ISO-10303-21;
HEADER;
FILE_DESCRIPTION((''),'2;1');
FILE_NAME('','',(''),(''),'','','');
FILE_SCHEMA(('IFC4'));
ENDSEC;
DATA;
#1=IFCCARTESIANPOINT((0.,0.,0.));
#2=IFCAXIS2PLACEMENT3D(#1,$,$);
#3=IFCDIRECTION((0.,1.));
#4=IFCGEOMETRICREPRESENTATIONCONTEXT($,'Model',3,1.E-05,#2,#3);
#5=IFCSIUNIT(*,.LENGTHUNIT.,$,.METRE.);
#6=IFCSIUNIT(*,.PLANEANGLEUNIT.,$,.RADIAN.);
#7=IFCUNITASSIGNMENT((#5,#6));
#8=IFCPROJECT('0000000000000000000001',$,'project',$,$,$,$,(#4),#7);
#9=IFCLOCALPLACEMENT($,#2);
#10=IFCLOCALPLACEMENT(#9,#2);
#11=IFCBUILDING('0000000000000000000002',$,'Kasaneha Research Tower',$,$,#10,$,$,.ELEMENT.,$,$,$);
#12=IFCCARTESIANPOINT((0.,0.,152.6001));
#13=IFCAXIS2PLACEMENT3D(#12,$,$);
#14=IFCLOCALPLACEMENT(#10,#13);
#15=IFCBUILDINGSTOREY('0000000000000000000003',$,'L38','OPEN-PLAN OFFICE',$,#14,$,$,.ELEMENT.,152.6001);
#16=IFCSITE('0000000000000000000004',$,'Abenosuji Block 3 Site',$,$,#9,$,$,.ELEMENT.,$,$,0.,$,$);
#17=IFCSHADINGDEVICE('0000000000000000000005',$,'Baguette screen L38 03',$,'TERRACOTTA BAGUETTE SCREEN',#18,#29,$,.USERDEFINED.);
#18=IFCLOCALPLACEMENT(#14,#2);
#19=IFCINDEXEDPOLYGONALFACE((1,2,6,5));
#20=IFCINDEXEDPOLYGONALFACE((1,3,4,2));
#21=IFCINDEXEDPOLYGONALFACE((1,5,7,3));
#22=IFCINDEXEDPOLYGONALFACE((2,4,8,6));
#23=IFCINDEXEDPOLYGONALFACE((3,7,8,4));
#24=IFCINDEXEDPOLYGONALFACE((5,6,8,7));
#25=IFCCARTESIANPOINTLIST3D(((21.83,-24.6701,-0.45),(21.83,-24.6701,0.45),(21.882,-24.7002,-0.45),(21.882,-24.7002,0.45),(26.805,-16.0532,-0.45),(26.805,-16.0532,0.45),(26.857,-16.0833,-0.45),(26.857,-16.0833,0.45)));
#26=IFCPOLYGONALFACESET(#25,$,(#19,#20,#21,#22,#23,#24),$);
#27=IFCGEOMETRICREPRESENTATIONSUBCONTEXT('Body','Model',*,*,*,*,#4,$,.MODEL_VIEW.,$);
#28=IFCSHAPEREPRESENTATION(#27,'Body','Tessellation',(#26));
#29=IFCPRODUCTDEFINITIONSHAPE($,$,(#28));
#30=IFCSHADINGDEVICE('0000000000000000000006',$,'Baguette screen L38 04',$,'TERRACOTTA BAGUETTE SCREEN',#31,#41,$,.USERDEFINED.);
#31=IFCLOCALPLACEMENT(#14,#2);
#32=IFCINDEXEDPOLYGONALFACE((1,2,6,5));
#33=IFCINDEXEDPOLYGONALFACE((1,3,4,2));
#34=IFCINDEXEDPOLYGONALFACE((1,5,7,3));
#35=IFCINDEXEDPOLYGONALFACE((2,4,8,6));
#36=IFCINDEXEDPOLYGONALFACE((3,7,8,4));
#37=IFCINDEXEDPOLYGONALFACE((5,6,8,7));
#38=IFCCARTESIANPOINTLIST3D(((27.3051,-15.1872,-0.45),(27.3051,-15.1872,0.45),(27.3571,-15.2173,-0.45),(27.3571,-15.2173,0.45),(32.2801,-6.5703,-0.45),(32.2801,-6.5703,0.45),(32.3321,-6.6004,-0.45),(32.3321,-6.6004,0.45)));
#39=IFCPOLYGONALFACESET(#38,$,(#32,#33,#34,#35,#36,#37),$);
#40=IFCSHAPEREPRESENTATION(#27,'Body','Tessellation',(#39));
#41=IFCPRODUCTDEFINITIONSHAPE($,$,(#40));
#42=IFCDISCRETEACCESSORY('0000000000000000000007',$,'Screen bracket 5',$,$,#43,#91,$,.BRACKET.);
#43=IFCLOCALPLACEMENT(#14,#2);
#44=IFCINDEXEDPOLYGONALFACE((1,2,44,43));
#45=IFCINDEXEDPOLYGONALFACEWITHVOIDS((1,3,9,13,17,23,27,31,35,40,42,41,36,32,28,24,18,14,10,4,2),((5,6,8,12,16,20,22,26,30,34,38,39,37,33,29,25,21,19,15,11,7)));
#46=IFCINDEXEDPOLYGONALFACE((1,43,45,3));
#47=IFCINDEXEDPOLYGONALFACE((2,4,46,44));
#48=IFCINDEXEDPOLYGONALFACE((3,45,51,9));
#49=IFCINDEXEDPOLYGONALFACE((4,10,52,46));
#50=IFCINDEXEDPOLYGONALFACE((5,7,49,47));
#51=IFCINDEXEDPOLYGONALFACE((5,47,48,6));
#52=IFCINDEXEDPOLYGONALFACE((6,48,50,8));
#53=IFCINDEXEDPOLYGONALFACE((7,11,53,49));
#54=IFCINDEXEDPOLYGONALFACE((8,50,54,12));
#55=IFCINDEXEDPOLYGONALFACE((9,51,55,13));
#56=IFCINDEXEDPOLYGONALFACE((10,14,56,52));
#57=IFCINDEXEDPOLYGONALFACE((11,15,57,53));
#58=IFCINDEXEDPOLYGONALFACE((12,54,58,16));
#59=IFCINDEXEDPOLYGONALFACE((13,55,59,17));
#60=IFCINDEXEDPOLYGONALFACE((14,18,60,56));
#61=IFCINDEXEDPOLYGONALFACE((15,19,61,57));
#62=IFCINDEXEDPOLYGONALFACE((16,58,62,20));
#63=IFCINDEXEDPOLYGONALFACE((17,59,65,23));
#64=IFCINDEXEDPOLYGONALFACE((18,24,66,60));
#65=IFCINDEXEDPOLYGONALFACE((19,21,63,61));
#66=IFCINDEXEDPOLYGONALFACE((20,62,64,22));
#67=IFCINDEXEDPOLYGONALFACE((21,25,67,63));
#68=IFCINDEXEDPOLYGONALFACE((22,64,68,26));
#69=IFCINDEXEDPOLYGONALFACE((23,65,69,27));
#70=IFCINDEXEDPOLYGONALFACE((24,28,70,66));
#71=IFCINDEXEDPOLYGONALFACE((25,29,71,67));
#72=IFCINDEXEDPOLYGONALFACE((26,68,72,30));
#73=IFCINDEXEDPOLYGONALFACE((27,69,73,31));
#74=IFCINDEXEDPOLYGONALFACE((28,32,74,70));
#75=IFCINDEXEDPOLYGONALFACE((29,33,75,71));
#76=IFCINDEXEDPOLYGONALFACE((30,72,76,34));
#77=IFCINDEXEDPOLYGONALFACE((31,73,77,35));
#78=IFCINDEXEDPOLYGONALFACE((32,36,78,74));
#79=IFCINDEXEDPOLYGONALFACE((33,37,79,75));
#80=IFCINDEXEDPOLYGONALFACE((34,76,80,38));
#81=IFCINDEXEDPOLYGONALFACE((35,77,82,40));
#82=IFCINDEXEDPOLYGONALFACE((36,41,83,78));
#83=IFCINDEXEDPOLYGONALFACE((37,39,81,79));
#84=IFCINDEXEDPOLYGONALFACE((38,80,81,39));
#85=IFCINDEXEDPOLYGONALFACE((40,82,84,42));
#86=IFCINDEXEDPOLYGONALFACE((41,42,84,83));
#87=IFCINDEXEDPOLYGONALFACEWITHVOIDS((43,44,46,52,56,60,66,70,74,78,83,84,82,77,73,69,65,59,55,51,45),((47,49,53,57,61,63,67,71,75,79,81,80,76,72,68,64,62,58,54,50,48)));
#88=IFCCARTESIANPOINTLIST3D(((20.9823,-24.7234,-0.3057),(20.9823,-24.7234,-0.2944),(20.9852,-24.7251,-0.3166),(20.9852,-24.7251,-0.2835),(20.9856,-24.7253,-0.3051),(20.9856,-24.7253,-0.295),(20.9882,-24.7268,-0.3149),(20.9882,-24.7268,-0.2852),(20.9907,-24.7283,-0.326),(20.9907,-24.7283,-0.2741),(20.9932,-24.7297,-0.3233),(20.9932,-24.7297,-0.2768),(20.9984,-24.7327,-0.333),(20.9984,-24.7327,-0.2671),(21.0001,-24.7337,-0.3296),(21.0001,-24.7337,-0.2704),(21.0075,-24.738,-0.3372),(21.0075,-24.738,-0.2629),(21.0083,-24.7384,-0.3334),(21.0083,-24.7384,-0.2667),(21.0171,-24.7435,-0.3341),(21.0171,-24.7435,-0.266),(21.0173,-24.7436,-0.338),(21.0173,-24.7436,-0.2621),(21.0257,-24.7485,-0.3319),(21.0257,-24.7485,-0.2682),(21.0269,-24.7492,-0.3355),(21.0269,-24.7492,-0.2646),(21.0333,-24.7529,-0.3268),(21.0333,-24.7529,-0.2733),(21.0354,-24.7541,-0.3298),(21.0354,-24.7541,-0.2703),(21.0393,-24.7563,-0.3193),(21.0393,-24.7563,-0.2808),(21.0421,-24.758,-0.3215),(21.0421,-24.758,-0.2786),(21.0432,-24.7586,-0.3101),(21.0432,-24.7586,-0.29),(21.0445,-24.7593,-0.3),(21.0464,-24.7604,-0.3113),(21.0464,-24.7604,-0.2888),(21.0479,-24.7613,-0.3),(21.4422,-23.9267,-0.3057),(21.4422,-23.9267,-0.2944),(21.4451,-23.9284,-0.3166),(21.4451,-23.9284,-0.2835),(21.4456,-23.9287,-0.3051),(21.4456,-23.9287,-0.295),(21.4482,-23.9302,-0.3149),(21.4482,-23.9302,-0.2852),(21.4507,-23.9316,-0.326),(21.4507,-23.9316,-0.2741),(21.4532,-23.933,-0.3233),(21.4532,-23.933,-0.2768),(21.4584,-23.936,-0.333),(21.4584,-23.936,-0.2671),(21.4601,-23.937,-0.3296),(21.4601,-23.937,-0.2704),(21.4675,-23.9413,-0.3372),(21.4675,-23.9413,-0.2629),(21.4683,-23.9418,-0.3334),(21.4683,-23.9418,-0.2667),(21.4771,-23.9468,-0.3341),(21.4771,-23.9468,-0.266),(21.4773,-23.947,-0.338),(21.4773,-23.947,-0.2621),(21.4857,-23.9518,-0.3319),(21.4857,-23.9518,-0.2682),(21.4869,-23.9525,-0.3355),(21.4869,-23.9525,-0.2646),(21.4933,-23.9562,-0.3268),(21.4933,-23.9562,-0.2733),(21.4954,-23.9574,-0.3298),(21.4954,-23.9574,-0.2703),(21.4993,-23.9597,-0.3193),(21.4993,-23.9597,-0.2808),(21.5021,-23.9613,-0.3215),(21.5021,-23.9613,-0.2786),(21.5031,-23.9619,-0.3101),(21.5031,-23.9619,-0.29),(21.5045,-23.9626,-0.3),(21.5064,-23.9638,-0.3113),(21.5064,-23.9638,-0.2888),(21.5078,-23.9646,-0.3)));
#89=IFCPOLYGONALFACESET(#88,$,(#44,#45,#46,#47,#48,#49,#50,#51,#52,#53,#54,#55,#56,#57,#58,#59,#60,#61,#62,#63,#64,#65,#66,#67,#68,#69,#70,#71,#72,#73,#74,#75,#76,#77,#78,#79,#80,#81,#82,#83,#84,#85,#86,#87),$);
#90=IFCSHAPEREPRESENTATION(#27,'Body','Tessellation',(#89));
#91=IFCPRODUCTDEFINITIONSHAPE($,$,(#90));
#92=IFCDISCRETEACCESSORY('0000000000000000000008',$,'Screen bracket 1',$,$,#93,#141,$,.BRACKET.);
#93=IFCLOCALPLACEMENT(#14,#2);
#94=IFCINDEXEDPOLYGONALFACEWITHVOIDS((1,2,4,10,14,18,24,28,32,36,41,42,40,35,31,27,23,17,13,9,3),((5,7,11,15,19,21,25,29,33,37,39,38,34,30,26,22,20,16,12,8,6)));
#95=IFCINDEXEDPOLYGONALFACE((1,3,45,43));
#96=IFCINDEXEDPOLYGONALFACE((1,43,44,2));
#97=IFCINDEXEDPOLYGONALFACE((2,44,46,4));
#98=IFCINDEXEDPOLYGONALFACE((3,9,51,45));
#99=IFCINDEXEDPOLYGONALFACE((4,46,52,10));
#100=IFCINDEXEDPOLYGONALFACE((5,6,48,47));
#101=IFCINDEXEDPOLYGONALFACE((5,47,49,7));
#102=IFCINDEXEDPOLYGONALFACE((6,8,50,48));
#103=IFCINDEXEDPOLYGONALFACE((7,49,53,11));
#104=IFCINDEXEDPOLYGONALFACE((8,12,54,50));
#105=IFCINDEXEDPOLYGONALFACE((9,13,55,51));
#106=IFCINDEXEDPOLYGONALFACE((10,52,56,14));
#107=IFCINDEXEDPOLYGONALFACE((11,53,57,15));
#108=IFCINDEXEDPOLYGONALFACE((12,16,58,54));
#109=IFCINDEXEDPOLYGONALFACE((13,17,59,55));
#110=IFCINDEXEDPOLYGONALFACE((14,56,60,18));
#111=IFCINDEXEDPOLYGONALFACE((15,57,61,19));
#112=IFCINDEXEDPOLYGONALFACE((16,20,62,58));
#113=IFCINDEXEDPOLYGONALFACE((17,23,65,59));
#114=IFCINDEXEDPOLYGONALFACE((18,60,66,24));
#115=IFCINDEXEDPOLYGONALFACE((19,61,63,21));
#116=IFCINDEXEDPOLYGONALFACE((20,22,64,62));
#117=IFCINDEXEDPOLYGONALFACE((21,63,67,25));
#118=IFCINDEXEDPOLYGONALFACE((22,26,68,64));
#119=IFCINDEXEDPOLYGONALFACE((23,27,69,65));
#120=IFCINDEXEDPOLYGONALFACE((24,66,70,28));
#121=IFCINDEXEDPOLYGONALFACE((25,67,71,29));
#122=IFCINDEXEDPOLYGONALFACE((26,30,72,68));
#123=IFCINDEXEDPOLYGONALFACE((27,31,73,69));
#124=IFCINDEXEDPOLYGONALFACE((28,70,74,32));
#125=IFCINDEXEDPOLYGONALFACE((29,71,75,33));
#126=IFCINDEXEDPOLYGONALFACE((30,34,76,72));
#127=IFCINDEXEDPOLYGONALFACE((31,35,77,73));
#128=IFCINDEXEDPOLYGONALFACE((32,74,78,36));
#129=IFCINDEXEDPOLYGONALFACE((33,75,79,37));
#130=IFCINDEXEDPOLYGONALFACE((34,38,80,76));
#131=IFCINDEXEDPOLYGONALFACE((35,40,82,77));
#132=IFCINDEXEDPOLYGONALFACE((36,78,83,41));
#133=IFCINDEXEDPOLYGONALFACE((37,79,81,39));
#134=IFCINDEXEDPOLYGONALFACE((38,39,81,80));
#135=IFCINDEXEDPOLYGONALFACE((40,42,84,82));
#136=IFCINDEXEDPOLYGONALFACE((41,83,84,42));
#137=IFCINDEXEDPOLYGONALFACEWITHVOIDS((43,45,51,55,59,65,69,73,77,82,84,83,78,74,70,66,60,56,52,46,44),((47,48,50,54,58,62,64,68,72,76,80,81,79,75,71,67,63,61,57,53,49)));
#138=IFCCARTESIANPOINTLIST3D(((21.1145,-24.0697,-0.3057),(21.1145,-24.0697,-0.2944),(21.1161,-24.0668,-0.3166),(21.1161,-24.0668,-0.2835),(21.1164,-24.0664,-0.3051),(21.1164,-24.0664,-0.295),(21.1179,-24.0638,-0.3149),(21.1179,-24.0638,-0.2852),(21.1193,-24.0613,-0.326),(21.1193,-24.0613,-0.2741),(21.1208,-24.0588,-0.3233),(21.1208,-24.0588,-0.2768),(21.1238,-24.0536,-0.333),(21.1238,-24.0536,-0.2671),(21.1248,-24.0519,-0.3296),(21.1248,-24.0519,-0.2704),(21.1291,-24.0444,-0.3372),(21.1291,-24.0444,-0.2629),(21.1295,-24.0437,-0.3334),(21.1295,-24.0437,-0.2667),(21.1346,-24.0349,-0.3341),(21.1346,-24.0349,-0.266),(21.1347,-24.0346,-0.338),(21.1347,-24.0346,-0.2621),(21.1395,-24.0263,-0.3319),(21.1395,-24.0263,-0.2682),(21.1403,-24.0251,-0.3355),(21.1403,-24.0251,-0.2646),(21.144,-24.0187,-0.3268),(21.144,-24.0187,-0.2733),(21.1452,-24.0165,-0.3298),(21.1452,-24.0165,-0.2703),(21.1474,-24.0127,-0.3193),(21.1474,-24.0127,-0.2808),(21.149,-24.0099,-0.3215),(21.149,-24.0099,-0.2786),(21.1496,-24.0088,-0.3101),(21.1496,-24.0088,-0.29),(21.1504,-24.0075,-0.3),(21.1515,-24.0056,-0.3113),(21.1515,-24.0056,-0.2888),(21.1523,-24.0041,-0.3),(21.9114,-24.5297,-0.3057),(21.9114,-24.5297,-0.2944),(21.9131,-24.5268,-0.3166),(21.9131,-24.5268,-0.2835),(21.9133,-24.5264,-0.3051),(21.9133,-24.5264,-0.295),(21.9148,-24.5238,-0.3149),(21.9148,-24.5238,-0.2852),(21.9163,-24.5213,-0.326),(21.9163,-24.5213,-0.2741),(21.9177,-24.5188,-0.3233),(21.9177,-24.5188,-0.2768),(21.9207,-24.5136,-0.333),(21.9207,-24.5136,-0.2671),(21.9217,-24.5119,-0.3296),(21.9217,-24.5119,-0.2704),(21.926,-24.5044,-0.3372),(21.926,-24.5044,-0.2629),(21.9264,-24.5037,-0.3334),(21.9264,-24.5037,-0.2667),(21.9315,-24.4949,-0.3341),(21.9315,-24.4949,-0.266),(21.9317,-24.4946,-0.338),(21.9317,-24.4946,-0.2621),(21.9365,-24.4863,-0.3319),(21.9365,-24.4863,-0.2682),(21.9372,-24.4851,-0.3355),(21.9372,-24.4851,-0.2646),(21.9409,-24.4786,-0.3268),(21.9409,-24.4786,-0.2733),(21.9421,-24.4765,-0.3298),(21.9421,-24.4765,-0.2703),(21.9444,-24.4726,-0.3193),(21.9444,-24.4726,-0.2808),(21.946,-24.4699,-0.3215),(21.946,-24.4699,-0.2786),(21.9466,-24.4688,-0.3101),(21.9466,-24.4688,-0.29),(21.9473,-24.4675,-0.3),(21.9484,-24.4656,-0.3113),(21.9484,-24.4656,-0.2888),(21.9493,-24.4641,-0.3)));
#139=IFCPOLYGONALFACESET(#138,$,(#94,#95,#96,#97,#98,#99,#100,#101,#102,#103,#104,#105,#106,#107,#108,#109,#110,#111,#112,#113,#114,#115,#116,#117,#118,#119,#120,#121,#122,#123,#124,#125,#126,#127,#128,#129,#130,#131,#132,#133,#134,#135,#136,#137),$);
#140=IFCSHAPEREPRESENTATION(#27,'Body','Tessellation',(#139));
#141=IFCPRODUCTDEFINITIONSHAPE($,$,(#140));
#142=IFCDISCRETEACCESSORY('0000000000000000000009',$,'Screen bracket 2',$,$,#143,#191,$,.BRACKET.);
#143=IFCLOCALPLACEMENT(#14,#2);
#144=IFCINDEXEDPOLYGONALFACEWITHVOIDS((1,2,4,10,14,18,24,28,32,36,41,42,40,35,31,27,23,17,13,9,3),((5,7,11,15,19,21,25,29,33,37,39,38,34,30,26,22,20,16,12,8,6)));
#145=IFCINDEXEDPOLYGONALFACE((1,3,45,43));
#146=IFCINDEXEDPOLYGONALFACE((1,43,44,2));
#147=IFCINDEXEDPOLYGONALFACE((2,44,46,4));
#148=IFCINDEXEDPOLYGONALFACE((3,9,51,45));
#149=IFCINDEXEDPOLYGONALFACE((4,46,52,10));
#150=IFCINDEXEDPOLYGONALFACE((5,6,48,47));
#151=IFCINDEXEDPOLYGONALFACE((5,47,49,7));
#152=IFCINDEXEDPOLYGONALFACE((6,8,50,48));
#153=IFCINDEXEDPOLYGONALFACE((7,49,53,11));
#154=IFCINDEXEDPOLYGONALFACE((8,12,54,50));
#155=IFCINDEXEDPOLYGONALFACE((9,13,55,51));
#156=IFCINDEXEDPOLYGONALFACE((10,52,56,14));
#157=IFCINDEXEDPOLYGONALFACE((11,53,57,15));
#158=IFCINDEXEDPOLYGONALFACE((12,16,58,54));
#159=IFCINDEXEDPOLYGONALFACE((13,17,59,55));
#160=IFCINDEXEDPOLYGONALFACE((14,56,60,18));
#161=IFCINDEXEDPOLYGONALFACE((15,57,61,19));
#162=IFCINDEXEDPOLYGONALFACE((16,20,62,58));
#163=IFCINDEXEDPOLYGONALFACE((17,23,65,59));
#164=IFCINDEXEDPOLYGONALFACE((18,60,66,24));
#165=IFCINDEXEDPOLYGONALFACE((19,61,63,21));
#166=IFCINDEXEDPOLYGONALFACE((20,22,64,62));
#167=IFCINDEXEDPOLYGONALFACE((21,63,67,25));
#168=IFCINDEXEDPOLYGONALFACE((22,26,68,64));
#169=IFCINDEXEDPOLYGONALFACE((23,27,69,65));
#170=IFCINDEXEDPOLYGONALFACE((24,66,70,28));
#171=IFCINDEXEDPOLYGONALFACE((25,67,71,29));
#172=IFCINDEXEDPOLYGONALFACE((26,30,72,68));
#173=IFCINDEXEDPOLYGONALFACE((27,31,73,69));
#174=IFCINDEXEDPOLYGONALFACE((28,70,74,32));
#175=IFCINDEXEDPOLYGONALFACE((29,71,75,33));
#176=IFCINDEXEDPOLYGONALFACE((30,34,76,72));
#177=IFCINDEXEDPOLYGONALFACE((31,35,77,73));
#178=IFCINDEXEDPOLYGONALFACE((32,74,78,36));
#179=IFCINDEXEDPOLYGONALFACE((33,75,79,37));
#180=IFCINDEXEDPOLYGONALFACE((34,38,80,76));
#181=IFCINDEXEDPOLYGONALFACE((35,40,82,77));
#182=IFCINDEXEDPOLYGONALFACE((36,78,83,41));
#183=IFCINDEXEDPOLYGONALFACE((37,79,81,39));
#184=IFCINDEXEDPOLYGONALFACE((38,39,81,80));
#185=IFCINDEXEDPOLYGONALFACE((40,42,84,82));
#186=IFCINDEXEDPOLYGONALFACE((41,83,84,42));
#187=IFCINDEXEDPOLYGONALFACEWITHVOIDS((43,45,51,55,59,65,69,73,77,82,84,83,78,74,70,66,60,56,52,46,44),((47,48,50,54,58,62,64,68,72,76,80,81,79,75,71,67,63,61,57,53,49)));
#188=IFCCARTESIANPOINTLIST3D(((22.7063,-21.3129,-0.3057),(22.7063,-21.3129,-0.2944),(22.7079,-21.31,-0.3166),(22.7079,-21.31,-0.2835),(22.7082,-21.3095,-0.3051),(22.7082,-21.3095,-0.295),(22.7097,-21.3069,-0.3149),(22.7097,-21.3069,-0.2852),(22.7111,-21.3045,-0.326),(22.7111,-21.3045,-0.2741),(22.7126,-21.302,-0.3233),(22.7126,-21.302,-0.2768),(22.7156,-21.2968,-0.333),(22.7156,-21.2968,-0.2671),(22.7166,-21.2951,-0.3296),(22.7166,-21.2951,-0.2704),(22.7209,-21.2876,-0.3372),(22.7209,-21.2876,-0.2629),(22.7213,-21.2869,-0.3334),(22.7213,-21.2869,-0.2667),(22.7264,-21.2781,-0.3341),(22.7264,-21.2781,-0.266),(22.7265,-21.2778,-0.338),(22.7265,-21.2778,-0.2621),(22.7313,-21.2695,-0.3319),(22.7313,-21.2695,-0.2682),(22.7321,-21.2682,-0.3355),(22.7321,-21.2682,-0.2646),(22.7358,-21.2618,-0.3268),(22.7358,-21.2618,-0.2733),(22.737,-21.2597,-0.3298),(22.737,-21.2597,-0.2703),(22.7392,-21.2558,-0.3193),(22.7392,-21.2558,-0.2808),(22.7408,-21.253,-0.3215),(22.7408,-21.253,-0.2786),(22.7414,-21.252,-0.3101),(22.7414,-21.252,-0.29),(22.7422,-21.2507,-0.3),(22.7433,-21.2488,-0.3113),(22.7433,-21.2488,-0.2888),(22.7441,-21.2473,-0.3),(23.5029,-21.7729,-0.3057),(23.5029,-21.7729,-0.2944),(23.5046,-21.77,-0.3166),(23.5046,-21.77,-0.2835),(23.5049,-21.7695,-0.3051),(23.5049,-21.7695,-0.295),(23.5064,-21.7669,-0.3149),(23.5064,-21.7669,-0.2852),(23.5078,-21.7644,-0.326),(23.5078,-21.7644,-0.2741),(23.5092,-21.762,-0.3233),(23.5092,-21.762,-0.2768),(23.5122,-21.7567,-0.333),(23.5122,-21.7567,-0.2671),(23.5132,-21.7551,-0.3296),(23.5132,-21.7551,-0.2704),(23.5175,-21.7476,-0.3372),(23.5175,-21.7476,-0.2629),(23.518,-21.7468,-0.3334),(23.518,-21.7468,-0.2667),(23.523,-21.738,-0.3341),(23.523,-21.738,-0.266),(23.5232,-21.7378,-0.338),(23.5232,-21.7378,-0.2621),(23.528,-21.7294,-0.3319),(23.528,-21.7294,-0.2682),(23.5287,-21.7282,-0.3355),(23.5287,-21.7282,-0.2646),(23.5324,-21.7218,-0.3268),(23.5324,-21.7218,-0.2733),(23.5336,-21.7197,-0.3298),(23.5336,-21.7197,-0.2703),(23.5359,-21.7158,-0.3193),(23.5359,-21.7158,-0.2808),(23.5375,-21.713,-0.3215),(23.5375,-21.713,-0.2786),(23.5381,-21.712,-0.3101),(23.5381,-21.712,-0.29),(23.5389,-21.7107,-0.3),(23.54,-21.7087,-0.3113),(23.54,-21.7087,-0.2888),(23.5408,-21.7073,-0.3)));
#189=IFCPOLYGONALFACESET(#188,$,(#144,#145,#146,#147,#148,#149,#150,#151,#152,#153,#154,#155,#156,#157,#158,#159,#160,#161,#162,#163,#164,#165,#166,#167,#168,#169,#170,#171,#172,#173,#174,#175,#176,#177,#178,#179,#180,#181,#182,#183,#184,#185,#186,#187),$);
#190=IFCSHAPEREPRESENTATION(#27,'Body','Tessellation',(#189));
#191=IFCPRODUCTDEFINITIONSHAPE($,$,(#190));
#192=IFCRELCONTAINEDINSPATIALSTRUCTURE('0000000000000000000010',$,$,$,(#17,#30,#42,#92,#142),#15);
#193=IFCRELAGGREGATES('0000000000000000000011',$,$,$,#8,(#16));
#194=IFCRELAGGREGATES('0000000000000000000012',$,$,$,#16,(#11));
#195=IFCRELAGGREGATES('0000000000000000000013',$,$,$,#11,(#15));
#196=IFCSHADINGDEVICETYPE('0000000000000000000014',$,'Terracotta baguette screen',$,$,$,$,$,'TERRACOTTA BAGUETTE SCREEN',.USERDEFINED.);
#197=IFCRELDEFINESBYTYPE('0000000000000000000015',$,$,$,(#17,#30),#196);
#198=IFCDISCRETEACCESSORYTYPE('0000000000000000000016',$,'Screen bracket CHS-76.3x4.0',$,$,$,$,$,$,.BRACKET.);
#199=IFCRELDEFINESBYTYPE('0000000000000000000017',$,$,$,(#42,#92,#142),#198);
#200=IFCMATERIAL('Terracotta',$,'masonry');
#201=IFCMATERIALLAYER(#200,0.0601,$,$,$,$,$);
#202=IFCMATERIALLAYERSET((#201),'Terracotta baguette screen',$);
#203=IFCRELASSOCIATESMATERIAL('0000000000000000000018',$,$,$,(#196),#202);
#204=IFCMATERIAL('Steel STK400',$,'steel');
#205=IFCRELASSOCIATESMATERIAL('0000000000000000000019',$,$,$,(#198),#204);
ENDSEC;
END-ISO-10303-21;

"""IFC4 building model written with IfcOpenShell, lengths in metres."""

from ifc_helpers import new_model, si_unit, direction, frame, origin, origin_2d, place, context, subcontext, project, spatial, rectangle, hollow_circle, extrude, material, layer, layer_set, material_profile, profile_set, type_object, element, save


model = new_model("IFC4")

# Units and contexts
model_context = context("Model", 3, precision=1e-05, world=origin(), true_north=direction((0.0, 1.0)))
body_context = subcontext(model_context, "Body", "Model", "MODEL_VIEW")
ifc_project = project(units=[si_unit("LENGTHUNIT", "METRE"), si_unit("PLANEANGLEUNIT", "RADIAN")], contexts=[model_context])

# Site, building, storey
site_placement = place(None, origin())
site = spatial("IfcSite", under=ifc_project, at=site_placement, Name="Abenosuji Block 3 Site", CompositionType="ELEMENT", RefElevation=0.0)
building_placement = place(site_placement, origin())
building = spatial("IfcBuilding", under=site, at=building_placement, Name="Kasaneha Research Tower", CompositionType="ELEMENT")
storey_placement = place(building_placement, frame((0.0, 0.0, 152.6001)))
storey = spatial("IfcBuildingStorey", under=building, at=storey_placement, Name="L38", Description="OPEN-PLAN OFFICE", CompositionType="ELEMENT", Elevation=152.6001)

# Shading devices
ifc_material_1 = material(Name="Terracotta", Category="masonry")
ifc_layer_1 = layer(ifc_material_1, 0.0601)
ifc_layer_set_1 = layer_set([ifc_layer_1], Name="Terracotta baguette screen")
shading_device_type = type_object("IfcShadingDeviceType", Name="Terracotta baguette screen", ElementType="TERRACOTTA BAGUETTE SCREEN", PredefinedType="USERDEFINED", material=ifc_layer_set_1)
for number, where, z_axis, x_axis, name in (
    (1, (24.3435, -20.3767, -0.45), (0.0, 0.0, 1.0), (0.5, 0.866025, 0.0), "Baguette screen L38 03"),
    (2, (29.8186, -10.8938, -0.45), (0.0, 0.0, 1.0), (0.5, 0.866025, 0.0), "Baguette screen L38 04"),
):
    element("IfcShadingDevice", number, at=place(storey_placement, frame(where, z_axis=z_axis, x_axis=x_axis)), inside=storey, type_object=shading_device_type, Name=name, ObjectType="TERRACOTTA BAGUETTE SCREEN", PredefinedType="USERDEFINED", context=body_context, shape_type="SweptSolid", body=[
        extrude(rectangle(XDim=9.95, YDim=0.0601, at=origin_2d()), origin(), (0.0, 0.0, 1.0), 0.8999),
    ])

# Discrete accessories
ifc_material_2 = material(Name="Steel STK400", Category="steel")
ifc_material_profile_1 = material_profile(ifc_material_2, hollow_circle(Radius=0.0381, WallThickness=0.0039, at=origin_2d()), Name="CHS-76.3x4.0")
ifc_profile_set_1 = profile_set([ifc_material_profile_1], Name="Steel STK400")
discrete_accessory_type = type_object("IfcDiscreteAccessoryType", Name="Screen bracket CHS-76.3x4.0", PredefinedType="BRACKET", material=ifc_profile_set_1)
discrete_accessory_1_placement = place(storey_placement, frame((21.4749, -23.9456, -0.3), z_axis=(-0.500021, -0.866013, 0.0), x_axis=(0.866013, -0.500021, 0.0)))
element("IfcDiscreteAccessory", 3, at=discrete_accessory_1_placement, inside=storey, type_object=discrete_accessory_type, Name="Screen bracket 5", PredefinedType="BRACKET", context=body_context, shape_type="SweptSolid", body=[
    extrude(hollow_circle(Radius=0.0381, WallThickness=0.0039, at=origin_2d()), origin(), (0.0, 0.0, 1.0), 0.9199),
])
discrete_accessory_2_placement = place(storey_placement, frame((21.1333, -24.0371, -0.3), z_axis=(0.86608, -0.499906, 0.0), x_axis=(0.499906, 0.86608, 0.0)))
element("IfcDiscreteAccessory", 4, at=discrete_accessory_2_placement, inside=storey, type_object=discrete_accessory_type, Name="Screen bracket 1", PredefinedType="BRACKET", context=body_context, shape_type="SweptSolid", body=[
    extrude(hollow_circle(Radius=0.0381, WallThickness=0.0039, at=origin_2d()), origin(), (0.0, 0.0, 1.0), 0.9202),
])
discrete_accessory_3_placement = place(storey_placement, frame((22.7251, -21.2803, -0.3), z_axis=(0.866013, -0.500021, 0.0), x_axis=(0.500021, 0.866013, 0.0)))
element("IfcDiscreteAccessory", 5, at=discrete_accessory_3_placement, inside=storey, type_object=discrete_accessory_type, Name="Screen bracket 2", PredefinedType="BRACKET", context=body_context, shape_type="SweptSolid", body=[
    extrude(hollow_circle(Radius=0.0381, WallThickness=0.0039, at=origin_2d()), origin(), (0.0, 0.0, 1.0), 0.9199),
])

save(model, "model.ifc")
